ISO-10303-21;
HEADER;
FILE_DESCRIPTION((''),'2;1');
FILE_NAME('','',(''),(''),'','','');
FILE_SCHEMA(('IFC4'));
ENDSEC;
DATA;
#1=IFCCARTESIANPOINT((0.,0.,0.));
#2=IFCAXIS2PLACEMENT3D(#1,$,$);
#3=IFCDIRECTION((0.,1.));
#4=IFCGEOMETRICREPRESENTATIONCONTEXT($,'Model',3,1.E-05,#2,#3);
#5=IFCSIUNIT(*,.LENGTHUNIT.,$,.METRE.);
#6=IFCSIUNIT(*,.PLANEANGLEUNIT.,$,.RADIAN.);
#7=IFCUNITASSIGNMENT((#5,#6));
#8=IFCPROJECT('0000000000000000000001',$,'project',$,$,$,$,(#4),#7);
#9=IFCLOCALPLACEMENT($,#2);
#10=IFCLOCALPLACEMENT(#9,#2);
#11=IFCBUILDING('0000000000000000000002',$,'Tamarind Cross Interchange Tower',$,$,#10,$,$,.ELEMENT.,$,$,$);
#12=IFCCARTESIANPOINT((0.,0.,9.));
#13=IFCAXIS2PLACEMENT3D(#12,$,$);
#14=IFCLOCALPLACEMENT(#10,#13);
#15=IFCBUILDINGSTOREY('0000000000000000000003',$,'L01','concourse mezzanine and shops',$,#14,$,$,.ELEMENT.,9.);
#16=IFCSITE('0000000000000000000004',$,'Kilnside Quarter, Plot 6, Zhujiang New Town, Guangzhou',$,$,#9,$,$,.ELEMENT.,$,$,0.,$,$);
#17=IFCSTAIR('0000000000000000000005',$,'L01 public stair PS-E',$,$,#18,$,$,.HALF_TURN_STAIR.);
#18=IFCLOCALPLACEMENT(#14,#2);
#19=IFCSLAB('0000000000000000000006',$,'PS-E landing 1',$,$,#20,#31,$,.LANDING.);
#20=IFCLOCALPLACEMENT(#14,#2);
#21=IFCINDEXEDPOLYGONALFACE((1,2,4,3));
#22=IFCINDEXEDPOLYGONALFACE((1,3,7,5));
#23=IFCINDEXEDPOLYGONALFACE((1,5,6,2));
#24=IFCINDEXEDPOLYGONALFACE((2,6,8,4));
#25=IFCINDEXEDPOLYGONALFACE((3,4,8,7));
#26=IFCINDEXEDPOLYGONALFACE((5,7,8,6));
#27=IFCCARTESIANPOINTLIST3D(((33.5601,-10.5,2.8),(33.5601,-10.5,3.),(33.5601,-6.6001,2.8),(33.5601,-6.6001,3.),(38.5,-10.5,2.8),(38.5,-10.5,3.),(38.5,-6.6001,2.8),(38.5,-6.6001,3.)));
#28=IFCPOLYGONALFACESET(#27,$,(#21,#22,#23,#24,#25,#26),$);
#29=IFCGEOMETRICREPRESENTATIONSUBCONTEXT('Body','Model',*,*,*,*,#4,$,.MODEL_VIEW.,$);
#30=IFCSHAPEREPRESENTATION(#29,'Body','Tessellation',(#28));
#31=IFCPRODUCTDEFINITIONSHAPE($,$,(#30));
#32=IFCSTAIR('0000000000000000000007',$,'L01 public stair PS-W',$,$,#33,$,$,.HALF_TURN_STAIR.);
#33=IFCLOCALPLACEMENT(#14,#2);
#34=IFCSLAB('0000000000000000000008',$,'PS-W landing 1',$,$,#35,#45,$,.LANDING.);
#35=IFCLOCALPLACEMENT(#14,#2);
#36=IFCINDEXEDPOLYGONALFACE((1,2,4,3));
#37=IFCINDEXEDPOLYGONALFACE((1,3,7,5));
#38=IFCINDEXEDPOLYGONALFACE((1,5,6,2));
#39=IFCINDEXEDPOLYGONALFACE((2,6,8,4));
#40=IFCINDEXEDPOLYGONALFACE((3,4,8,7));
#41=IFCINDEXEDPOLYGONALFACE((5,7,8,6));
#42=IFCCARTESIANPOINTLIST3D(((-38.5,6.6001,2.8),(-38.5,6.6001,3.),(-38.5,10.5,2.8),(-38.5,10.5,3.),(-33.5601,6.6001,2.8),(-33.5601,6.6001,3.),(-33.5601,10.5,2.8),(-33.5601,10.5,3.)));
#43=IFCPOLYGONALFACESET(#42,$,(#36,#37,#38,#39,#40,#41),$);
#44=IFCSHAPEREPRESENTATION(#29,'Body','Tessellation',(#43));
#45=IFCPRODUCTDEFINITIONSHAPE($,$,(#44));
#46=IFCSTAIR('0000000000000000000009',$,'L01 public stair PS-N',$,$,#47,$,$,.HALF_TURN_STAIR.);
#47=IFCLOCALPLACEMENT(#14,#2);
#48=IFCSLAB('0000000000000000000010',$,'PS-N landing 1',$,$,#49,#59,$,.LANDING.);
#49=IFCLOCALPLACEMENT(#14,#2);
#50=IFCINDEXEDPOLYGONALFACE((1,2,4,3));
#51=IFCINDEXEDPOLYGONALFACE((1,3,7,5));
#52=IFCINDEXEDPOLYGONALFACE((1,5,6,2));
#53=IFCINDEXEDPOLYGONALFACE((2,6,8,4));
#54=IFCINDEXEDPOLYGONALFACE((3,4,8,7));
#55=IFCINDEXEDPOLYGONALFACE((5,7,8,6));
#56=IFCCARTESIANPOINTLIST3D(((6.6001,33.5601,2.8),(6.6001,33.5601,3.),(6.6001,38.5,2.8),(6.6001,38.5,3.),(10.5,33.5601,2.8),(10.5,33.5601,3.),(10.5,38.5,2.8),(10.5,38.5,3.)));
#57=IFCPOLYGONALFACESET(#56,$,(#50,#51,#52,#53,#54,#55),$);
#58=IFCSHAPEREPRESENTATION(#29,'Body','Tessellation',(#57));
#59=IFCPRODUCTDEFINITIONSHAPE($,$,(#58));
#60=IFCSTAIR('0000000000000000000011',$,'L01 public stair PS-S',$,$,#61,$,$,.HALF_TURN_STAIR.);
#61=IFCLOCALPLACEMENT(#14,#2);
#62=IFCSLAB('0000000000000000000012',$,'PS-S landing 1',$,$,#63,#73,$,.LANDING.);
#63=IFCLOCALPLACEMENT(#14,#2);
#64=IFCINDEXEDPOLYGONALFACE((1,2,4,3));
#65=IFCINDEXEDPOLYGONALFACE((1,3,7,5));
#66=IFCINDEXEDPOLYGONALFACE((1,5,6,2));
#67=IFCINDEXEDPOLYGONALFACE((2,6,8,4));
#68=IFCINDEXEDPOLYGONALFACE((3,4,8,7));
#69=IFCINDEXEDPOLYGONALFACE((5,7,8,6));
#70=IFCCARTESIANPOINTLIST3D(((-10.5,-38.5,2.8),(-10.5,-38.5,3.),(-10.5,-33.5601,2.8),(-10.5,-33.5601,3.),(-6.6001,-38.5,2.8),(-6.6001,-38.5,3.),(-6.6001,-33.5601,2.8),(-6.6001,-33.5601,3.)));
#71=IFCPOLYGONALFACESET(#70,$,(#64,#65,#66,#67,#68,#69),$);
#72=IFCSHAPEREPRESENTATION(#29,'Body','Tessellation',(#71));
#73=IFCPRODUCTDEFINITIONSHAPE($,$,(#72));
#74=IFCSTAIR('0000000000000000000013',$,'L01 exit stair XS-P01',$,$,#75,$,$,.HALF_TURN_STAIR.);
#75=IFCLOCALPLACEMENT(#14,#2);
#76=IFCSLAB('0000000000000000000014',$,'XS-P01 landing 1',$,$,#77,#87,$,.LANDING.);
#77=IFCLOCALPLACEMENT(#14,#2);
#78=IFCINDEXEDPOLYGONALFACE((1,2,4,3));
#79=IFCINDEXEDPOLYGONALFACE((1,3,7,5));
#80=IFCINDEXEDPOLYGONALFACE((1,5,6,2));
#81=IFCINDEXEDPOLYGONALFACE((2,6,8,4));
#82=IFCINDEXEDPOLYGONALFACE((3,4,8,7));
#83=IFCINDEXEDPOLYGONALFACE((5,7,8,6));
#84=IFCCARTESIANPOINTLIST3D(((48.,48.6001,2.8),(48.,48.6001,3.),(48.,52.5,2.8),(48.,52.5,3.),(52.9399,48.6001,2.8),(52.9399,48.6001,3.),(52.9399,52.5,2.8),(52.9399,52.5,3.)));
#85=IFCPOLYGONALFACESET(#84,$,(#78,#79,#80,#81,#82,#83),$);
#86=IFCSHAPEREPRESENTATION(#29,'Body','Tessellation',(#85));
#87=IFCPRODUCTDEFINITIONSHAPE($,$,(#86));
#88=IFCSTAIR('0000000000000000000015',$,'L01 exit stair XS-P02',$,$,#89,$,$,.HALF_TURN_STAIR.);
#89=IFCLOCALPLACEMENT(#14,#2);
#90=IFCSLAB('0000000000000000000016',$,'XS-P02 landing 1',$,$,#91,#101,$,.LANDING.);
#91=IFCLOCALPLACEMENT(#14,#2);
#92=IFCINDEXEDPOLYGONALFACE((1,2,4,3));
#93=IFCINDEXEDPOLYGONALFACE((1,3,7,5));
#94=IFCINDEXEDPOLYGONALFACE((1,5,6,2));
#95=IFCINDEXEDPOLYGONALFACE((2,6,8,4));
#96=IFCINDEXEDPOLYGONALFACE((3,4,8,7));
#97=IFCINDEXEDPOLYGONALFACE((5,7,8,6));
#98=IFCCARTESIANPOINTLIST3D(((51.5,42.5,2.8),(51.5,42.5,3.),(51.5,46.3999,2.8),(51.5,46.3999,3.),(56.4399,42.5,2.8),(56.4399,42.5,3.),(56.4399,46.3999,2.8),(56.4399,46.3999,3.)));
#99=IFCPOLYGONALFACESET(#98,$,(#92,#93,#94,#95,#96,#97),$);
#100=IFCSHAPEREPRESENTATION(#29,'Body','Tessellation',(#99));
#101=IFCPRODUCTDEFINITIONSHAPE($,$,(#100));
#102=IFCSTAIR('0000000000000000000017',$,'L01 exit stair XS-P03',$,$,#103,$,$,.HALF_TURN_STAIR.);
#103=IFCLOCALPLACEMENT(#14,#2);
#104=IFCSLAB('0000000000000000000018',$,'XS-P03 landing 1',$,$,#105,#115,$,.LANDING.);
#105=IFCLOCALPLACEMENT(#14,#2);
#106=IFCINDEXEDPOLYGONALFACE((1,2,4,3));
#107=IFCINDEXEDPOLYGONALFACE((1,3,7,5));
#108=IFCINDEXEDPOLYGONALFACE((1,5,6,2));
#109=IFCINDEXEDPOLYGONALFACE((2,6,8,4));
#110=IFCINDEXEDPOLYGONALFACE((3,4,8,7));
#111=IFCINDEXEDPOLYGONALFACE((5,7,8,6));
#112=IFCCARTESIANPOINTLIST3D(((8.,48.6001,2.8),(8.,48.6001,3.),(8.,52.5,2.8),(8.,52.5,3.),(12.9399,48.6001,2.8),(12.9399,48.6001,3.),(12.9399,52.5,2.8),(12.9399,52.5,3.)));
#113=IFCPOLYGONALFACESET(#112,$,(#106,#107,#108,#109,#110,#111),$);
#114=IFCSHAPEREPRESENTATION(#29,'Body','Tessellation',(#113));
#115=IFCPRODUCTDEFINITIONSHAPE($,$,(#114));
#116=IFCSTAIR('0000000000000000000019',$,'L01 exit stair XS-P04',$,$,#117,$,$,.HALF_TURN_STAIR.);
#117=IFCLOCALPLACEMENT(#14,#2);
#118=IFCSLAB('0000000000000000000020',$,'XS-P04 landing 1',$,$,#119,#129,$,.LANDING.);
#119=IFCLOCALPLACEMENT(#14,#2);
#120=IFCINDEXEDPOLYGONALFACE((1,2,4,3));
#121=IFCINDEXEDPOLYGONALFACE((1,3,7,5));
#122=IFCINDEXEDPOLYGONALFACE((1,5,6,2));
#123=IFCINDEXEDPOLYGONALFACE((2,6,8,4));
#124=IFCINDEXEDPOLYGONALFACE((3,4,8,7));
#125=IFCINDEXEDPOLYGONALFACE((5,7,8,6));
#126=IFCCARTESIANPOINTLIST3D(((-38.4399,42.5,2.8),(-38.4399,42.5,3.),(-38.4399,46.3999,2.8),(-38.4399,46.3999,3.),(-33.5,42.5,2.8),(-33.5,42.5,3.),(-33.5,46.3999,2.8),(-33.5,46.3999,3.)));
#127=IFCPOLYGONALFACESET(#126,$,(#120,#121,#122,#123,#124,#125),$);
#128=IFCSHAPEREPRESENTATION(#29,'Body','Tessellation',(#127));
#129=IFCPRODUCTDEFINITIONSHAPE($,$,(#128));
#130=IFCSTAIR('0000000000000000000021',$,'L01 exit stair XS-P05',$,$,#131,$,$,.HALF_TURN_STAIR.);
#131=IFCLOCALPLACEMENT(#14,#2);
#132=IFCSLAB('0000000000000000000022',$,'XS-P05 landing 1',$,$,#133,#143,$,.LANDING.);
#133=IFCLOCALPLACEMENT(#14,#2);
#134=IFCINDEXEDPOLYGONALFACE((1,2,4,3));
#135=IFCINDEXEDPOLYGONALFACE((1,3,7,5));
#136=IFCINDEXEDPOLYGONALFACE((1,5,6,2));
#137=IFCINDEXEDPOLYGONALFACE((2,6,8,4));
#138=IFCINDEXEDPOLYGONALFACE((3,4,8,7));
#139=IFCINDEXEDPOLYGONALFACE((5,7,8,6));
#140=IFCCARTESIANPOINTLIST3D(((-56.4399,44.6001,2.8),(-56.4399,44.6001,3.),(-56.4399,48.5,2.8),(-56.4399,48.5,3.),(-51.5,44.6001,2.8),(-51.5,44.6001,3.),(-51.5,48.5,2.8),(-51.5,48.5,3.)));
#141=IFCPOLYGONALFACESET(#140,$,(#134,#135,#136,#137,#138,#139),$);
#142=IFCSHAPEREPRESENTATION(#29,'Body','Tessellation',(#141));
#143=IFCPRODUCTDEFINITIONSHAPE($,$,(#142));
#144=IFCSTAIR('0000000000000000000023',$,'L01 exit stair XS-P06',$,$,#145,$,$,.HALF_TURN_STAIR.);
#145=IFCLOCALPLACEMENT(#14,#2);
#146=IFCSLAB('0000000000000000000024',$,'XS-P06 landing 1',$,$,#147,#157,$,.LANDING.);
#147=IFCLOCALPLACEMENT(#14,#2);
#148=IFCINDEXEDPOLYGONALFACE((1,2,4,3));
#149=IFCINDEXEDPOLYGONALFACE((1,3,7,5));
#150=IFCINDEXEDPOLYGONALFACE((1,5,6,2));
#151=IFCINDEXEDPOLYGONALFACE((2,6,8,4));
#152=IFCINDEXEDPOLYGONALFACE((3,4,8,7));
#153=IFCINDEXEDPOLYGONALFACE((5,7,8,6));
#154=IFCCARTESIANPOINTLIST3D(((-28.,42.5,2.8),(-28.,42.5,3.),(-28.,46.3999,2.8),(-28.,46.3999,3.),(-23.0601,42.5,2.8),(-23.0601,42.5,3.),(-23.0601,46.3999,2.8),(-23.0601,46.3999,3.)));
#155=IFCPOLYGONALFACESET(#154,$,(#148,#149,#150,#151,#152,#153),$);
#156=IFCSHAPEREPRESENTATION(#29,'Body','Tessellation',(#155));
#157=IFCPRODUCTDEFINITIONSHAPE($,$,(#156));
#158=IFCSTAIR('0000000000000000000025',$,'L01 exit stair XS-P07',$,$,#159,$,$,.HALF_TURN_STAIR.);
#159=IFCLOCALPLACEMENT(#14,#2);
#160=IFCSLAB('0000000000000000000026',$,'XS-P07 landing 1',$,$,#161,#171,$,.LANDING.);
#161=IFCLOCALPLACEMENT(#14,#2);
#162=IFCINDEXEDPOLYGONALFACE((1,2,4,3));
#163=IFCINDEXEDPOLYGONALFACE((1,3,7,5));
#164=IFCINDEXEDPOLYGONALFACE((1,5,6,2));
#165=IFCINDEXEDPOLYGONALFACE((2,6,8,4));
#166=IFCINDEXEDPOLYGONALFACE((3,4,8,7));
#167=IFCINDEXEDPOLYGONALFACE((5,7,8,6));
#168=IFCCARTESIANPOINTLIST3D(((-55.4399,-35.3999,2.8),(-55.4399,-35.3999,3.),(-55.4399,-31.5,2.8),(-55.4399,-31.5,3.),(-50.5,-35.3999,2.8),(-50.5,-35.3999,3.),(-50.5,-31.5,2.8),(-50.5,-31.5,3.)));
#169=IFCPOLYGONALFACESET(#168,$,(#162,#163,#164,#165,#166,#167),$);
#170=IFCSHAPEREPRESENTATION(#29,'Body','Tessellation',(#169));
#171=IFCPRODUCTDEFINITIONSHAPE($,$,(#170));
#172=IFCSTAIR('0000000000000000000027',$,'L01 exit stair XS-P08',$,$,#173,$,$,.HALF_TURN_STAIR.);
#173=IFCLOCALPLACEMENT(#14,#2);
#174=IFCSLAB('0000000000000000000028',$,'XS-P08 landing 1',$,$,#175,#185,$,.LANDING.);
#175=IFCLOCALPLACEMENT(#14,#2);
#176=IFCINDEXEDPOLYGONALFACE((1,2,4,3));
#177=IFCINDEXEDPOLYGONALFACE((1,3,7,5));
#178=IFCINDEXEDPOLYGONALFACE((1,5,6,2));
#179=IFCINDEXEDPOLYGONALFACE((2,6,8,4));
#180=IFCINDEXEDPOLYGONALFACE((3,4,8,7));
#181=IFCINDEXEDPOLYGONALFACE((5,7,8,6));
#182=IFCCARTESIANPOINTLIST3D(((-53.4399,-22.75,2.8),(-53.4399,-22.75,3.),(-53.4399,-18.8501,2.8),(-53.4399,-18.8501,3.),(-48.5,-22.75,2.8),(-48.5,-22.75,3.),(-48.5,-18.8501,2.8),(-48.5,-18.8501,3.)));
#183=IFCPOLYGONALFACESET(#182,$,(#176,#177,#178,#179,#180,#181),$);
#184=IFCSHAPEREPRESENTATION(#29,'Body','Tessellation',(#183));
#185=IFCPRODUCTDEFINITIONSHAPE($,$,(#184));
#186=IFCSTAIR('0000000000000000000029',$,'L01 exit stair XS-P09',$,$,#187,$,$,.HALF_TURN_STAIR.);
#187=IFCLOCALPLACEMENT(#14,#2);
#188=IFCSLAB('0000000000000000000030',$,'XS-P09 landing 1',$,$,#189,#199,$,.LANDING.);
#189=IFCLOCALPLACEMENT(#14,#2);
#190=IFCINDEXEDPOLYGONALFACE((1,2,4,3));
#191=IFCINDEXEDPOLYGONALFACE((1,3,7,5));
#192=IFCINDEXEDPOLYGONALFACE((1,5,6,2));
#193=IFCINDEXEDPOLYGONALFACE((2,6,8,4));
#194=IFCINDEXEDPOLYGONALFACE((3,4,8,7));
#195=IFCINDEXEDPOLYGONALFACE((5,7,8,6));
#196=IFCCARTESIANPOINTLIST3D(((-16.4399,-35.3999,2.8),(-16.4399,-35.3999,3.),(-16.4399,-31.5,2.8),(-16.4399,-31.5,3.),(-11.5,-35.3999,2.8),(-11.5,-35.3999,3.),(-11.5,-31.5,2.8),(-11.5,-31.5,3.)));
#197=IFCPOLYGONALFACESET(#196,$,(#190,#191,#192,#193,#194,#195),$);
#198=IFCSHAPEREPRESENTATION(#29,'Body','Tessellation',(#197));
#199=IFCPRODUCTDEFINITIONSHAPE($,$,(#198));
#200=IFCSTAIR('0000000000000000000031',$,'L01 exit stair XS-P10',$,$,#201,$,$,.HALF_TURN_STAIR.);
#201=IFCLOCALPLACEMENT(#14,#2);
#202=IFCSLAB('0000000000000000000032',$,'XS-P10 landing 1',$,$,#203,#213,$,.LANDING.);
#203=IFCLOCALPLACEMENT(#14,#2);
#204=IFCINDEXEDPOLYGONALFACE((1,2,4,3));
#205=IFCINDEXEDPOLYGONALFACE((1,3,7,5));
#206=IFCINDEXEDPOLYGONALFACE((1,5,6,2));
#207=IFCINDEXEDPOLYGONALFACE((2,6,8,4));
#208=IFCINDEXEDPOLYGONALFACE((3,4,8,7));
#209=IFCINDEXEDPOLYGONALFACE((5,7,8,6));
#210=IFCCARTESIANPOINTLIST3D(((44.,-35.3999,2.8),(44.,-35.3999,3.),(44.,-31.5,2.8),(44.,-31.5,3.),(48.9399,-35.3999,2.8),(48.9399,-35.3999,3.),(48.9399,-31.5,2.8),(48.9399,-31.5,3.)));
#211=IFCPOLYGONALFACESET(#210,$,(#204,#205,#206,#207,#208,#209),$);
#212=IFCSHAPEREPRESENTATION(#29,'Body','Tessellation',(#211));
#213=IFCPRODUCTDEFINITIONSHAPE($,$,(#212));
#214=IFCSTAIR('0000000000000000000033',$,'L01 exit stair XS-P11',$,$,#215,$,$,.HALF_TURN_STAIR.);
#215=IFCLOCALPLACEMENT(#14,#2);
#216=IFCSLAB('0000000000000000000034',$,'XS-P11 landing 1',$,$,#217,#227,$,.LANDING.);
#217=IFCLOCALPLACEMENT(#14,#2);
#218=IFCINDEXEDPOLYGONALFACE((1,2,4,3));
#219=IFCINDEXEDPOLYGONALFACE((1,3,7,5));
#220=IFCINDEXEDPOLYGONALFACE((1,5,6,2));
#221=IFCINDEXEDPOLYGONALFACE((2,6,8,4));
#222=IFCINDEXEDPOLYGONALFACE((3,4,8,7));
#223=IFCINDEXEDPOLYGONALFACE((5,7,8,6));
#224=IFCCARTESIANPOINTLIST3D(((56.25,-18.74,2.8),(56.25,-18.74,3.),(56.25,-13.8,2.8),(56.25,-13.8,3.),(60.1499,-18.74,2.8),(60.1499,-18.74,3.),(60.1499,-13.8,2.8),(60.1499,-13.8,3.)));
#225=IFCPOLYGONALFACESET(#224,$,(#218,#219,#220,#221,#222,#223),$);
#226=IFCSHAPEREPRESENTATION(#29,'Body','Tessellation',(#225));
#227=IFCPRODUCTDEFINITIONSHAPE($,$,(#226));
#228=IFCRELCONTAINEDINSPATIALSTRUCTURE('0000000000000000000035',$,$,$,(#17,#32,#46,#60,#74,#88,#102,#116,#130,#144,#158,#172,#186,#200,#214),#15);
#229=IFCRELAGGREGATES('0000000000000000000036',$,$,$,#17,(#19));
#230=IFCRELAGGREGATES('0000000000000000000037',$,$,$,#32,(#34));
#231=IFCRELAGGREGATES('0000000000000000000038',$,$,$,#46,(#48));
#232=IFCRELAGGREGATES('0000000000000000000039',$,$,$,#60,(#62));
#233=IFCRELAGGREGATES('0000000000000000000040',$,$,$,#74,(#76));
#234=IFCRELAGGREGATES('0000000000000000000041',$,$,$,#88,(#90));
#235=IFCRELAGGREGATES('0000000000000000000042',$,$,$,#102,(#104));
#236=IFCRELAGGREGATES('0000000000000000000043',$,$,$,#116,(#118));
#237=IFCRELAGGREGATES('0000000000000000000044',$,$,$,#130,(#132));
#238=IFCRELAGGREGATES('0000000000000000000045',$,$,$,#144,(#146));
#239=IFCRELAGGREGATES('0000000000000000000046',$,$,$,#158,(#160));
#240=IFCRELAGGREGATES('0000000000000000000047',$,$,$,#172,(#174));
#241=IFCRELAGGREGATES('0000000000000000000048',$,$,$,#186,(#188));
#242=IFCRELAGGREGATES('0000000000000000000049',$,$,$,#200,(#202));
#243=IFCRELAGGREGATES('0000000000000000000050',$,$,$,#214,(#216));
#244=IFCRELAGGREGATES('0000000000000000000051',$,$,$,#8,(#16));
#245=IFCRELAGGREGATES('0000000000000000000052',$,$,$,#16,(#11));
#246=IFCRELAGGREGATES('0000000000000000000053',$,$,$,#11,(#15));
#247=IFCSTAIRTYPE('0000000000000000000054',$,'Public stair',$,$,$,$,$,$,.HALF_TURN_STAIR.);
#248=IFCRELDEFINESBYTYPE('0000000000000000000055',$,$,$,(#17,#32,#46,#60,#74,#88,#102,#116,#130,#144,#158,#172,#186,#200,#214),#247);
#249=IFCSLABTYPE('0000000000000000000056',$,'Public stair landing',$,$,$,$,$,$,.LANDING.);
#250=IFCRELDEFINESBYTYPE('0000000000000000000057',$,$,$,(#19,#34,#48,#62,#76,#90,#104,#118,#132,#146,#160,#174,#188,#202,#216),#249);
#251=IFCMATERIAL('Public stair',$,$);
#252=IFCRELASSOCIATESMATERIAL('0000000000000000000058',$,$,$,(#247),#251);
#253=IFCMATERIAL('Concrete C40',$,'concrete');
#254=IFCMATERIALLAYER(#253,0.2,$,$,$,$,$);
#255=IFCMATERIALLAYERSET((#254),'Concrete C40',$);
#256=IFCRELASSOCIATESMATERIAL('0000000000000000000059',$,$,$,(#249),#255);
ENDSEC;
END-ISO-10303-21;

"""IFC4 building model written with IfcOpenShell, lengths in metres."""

from ifc_helpers import new_model, si_unit, direction, frame, origin, place, context, subcontext, project, spatial, polyline, outline, extrude, material, layer, layer_set, type_object, element, aggregate, save


model = new_model("IFC4")

# Units and contexts
model_context = context("Model", 3, precision=1e-05, world=origin(), true_north=direction((0.0, 1.0)))
body_context = subcontext(model_context, "Body", "Model", "MODEL_VIEW")
ifc_project = project(units=[si_unit("LENGTHUNIT", "METRE"), si_unit("PLANEANGLEUNIT", "RADIAN")], contexts=[model_context])

# Site, building, storey
site_placement = place(None, origin())
site = spatial("IfcSite", under=ifc_project, at=site_placement, Name="Kilnside Quarter, Plot 6, Zhujiang New Town, Guangzhou", CompositionType="ELEMENT", RefElevation=0.0)
building_placement = place(site_placement, origin())
building = spatial("IfcBuilding", under=site, at=building_placement, Name="Tamarind Cross Interchange Tower", CompositionType="ELEMENT")
storey_placement = place(building_placement, frame((0.0, 0.0, 9.0)))
storey = spatial("IfcBuildingStorey", under=building, at=storey_placement, Name="L01", Description="concourse mezzanine and shops", CompositionType="ELEMENT", Elevation=9.0)

# Shared definitions
ifc_material_1 = material(Name="Concrete C40", Category="concrete")

# Stairs, slabs
ifc_material_2 = material(Name="Public stair")
stair_type_1 = type_object("IfcStairType", Name="Public stair", PredefinedType="HALF_TURN_STAIR", material=ifc_material_2)
stair_1_placement = place(storey_placement, origin())
stair_1 = element("IfcStair", 1, at=stair_1_placement, inside=storey, type_object=stair_type_1, Name="L01 public stair PS-E", PredefinedType="HALF_TURN_STAIR")
ifc_layer_1 = layer(ifc_material_1, 0.2)
ifc_layer_set_1 = layer_set([ifc_layer_1], Name="Concrete C40")
slab_type_1 = type_object("IfcSlabType", Name="Public stair landing", PredefinedType="LANDING", material=ifc_layer_set_1)
slab_1_placement = place(storey_placement, frame((0.0, 0.0, 2.8)))
slab_1 = element("IfcSlab", 2, at=slab_1_placement, type_object=slab_type_1, Name="PS-E landing 1", PredefinedType="LANDING", context=body_context, shape_type="SweptSolid", body=[
    extrude(outline(polyline([(33.5601, -10.5), (38.5, -10.5), (38.5, -6.6001), (33.5601, -6.6001), (33.5601, -10.5)])), origin(), (0.0, 0.0, 1.0), 0.2),
])
aggregate(stair_1, [slab_1])
stair_2_placement = place(storey_placement, origin())
stair_2 = element("IfcStair", 3, at=stair_2_placement, inside=storey, type_object=stair_type_1, Name="L01 public stair PS-W", PredefinedType="HALF_TURN_STAIR")
slab_2_placement = place(storey_placement, frame((0.0, 0.0, 2.8)))
slab_2 = element("IfcSlab", 4, at=slab_2_placement, type_object=slab_type_1, Name="PS-W landing 1", PredefinedType="LANDING", context=body_context, shape_type="SweptSolid", body=[
    extrude(outline(polyline([(-33.5601, 10.5), (-38.5, 10.5), (-38.5, 6.6001), (-33.5601, 6.6001), (-33.5601, 10.5)])), origin(), (0.0, 0.0, 1.0), 0.2),
])
aggregate(stair_2, [slab_2])
stair_3_placement = place(storey_placement, origin())
stair_3 = element("IfcStair", 5, at=stair_3_placement, inside=storey, type_object=stair_type_1, Name="L01 public stair PS-N", PredefinedType="HALF_TURN_STAIR")
slab_3_placement = place(storey_placement, frame((0.0, 0.0, 2.8)))
slab_3 = element("IfcSlab", 6, at=slab_3_placement, type_object=slab_type_1, Name="PS-N landing 1", PredefinedType="LANDING", context=body_context, shape_type="SweptSolid", body=[
    extrude(outline(polyline([(10.5, 33.5601), (10.5, 38.5), (6.6001, 38.5), (6.6001, 33.5601), (10.5, 33.5601)])), origin(), (0.0, 0.0, 1.0), 0.2),
])
aggregate(stair_3, [slab_3])
stair_4_placement = place(storey_placement, origin())
stair_4 = element("IfcStair", 7, at=stair_4_placement, inside=storey, type_object=stair_type_1, Name="L01 public stair PS-S", PredefinedType="HALF_TURN_STAIR")
slab_4_placement = place(storey_placement, frame((0.0, 0.0, 2.8)))
slab_4 = element("IfcSlab", 8, at=slab_4_placement, type_object=slab_type_1, Name="PS-S landing 1", PredefinedType="LANDING", context=body_context, shape_type="SweptSolid", body=[
    extrude(outline(polyline([(-10.5, -33.5601), (-10.5, -38.5), (-6.6001, -38.5), (-6.6001, -33.5601), (-10.5, -33.5601)])), origin(), (0.0, 0.0, 1.0), 0.2),
])
aggregate(stair_4, [slab_4])
stair_5_placement = place(storey_placement, origin())
stair_5 = element("IfcStair", 9, at=stair_5_placement, inside=storey, type_object=stair_type_1, Name="L01 exit stair XS-P01", PredefinedType="HALF_TURN_STAIR")
slab_5_placement = place(storey_placement, frame((0.0, 0.0, 2.8)))
slab_5 = element("IfcSlab", 10, at=slab_5_placement, type_object=slab_type_1, Name="XS-P01 landing 1", PredefinedType="LANDING", context=body_context, shape_type="SweptSolid", body=[
    extrude(outline(polyline([(52.9399, 52.5), (48.0, 52.5), (48.0, 48.6001), (52.9399, 48.6001), (52.9399, 52.5)])), origin(), (0.0, 0.0, 1.0), 0.2),
])
aggregate(stair_5, [slab_5])
stair_6_placement = place(storey_placement, origin())
stair_6 = element("IfcStair", 11, at=stair_6_placement, inside=storey, type_object=stair_type_1, Name="L01 exit stair XS-P02", PredefinedType="HALF_TURN_STAIR")
slab_6_placement = place(storey_placement, frame((0.0, 0.0, 2.8)))
slab_6 = element("IfcSlab", 12, at=slab_6_placement, type_object=slab_type_1, Name="XS-P02 landing 1", PredefinedType="LANDING", context=body_context, shape_type="SweptSolid", body=[
    extrude(outline(polyline([(56.4399, 46.3999), (51.5, 46.3999), (51.5, 42.5), (56.4399, 42.5), (56.4399, 46.3999)])), origin(), (0.0, 0.0, 1.0), 0.2),
])
aggregate(stair_6, [slab_6])
stair_7_placement = place(storey_placement, origin())
stair_7 = element("IfcStair", 13, at=stair_7_placement, inside=storey, type_object=stair_type_1, Name="L01 exit stair XS-P03", PredefinedType="HALF_TURN_STAIR")
slab_7_placement = place(storey_placement, frame((0.0, 0.0, 2.8)))
slab_7 = element("IfcSlab", 14, at=slab_7_placement, type_object=slab_type_1, Name="XS-P03 landing 1", PredefinedType="LANDING", context=body_context, shape_type="SweptSolid", body=[
    extrude(outline(polyline([(12.9399, 52.5), (8.0, 52.5), (8.0, 48.6001), (12.9399, 48.6001), (12.9399, 52.5)])), origin(), (0.0, 0.0, 1.0), 0.2),
])
aggregate(stair_7, [slab_7])
stair_8_placement = place(storey_placement, origin())
stair_8 = element("IfcStair", 15, at=stair_8_placement, inside=storey, type_object=stair_type_1, Name="L01 exit stair XS-P04", PredefinedType="HALF_TURN_STAIR")
slab_8_placement = place(storey_placement, frame((0.0, 0.0, 2.8)))
slab_8 = element("IfcSlab", 16, at=slab_8_placement, type_object=slab_type_1, Name="XS-P04 landing 1", PredefinedType="LANDING", context=body_context, shape_type="SweptSolid", body=[
    extrude(outline(polyline([(-38.4399, 42.5), (-33.5, 42.5), (-33.5, 46.3999), (-38.4399, 46.3999), (-38.4399, 42.5)])), origin(), (0.0, 0.0, 1.0), 0.2),
])
aggregate(stair_8, [slab_8])
stair_9_placement = place(storey_placement, origin())
stair_9 = element("IfcStair", 17, at=stair_9_placement, inside=storey, type_object=stair_type_1, Name="L01 exit stair XS-P05", PredefinedType="HALF_TURN_STAIR")
slab_9_placement = place(storey_placement, frame((0.0, 0.0, 2.8)))
slab_9 = element("IfcSlab", 18, at=slab_9_placement, type_object=slab_type_1, Name="XS-P05 landing 1", PredefinedType="LANDING", context=body_context, shape_type="SweptSolid", body=[
    extrude(outline(polyline([(-56.4399, 44.6001), (-51.5, 44.6001), (-51.5, 48.5), (-56.4399, 48.5), (-56.4399, 44.6001)])), origin(), (0.0, 0.0, 1.0), 0.2),
])
aggregate(stair_9, [slab_9])
stair_10_placement = place(storey_placement, origin())
stair_10 = element("IfcStair", 19, at=stair_10_placement, inside=storey, type_object=stair_type_1, Name="L01 exit stair XS-P06", PredefinedType="HALF_TURN_STAIR")
slab_10_placement = place(storey_placement, frame((0.0, 0.0, 2.8)))
slab_10 = element("IfcSlab", 20, at=slab_10_placement, type_object=slab_type_1, Name="XS-P06 landing 1", PredefinedType="LANDING", context=body_context, shape_type="SweptSolid", body=[
    extrude(outline(polyline([(-23.0601, 46.3999), (-28.0, 46.3999), (-28.0, 42.5), (-23.0601, 42.5), (-23.0601, 46.3999)])), origin(), (0.0, 0.0, 1.0), 0.2),
])
aggregate(stair_10, [slab_10])
stair_11_placement = place(storey_placement, origin())
stair_11 = element("IfcStair", 21, at=stair_11_placement, inside=storey, type_object=stair_type_1, Name="L01 exit stair XS-P07", PredefinedType="HALF_TURN_STAIR")
slab_11_placement = place(storey_placement, frame((0.0, 0.0, 2.8)))
slab_11 = element("IfcSlab", 22, at=slab_11_placement, type_object=slab_type_1, Name="XS-P07 landing 1", PredefinedType="LANDING", context=body_context, shape_type="SweptSolid", body=[
    extrude(outline(polyline([(-55.4399, -35.3999), (-50.5, -35.3999), (-50.5, -31.5), (-55.4399, -31.5), (-55.4399, -35.3999)])), origin(), (0.0, 0.0, 1.0), 0.2),
])
aggregate(stair_11, [slab_11])
stair_12_placement = place(storey_placement, origin())
stair_12 = element("IfcStair", 23, at=stair_12_placement, inside=storey, type_object=stair_type_1, Name="L01 exit stair XS-P08", PredefinedType="HALF_TURN_STAIR")
slab_12_placement = place(storey_placement, frame((0.0, 0.0, 2.8)))
slab_12 = element("IfcSlab", 24, at=slab_12_placement, type_object=slab_type_1, Name="XS-P08 landing 1", PredefinedType="LANDING", context=body_context, shape_type="SweptSolid", body=[
    extrude(outline(polyline([(-53.4399, -22.75), (-48.5, -22.75), (-48.5, -18.8501), (-53.4399, -18.8501), (-53.4399, -22.75)])), origin(), (0.0, 0.0, 1.0), 0.2),
])
aggregate(stair_12, [slab_12])
stair_13_placement = place(storey_placement, origin())
stair_13 = element("IfcStair", 25, at=stair_13_placement, inside=storey, type_object=stair_type_1, Name="L01 exit stair XS-P09", PredefinedType="HALF_TURN_STAIR")
slab_13_placement = place(storey_placement, frame((0.0, 0.0, 2.8)))
slab_13 = element("IfcSlab", 26, at=slab_13_placement, type_object=slab_type_1, Name="XS-P09 landing 1", PredefinedType="LANDING", context=body_context, shape_type="SweptSolid", body=[
    extrude(outline(polyline([(-16.4399, -35.3999), (-11.5, -35.3999), (-11.5, -31.5), (-16.4399, -31.5), (-16.4399, -35.3999)])), origin(), (0.0, 0.0, 1.0), 0.2),
])
aggregate(stair_13, [slab_13])
stair_14_placement = place(storey_placement, origin())
stair_14 = element("IfcStair", 27, at=stair_14_placement, inside=storey, type_object=stair_type_1, Name="L01 exit stair XS-P10", PredefinedType="HALF_TURN_STAIR")
slab_14_placement = place(storey_placement, frame((0.0, 0.0, 2.8)))
slab_14 = element("IfcSlab", 28, at=slab_14_placement, type_object=slab_type_1, Name="XS-P10 landing 1", PredefinedType="LANDING", context=body_context, shape_type="SweptSolid", body=[
    extrude(outline(polyline([(48.9399, -31.5), (44.0, -31.5), (44.0, -35.3999), (48.9399, -35.3999), (48.9399, -31.5)])), origin(), (0.0, 0.0, 1.0), 0.2),
])
aggregate(stair_14, [slab_14])
stair_15_placement = place(storey_placement, origin())
stair_15 = element("IfcStair", 29, at=stair_15_placement, inside=storey, type_object=stair_type_1, Name="L01 exit stair XS-P11", PredefinedType="HALF_TURN_STAIR")
slab_15_placement = place(storey_placement, frame((0.0, 0.0, 2.8)))
slab_15 = element("IfcSlab", 30, at=slab_15_placement, type_object=slab_type_1, Name="XS-P11 landing 1", PredefinedType="LANDING", context=body_context, shape_type="SweptSolid", body=[
    extrude(outline(polyline([(60.1499, -18.74), (60.1499, -13.8), (56.25, -13.8), (56.25, -18.74), (60.1499, -18.74)])), origin(), (0.0, 0.0, 1.0), 0.2),
])
aggregate(stair_15, [slab_15])

save(model, "model.ifc")
